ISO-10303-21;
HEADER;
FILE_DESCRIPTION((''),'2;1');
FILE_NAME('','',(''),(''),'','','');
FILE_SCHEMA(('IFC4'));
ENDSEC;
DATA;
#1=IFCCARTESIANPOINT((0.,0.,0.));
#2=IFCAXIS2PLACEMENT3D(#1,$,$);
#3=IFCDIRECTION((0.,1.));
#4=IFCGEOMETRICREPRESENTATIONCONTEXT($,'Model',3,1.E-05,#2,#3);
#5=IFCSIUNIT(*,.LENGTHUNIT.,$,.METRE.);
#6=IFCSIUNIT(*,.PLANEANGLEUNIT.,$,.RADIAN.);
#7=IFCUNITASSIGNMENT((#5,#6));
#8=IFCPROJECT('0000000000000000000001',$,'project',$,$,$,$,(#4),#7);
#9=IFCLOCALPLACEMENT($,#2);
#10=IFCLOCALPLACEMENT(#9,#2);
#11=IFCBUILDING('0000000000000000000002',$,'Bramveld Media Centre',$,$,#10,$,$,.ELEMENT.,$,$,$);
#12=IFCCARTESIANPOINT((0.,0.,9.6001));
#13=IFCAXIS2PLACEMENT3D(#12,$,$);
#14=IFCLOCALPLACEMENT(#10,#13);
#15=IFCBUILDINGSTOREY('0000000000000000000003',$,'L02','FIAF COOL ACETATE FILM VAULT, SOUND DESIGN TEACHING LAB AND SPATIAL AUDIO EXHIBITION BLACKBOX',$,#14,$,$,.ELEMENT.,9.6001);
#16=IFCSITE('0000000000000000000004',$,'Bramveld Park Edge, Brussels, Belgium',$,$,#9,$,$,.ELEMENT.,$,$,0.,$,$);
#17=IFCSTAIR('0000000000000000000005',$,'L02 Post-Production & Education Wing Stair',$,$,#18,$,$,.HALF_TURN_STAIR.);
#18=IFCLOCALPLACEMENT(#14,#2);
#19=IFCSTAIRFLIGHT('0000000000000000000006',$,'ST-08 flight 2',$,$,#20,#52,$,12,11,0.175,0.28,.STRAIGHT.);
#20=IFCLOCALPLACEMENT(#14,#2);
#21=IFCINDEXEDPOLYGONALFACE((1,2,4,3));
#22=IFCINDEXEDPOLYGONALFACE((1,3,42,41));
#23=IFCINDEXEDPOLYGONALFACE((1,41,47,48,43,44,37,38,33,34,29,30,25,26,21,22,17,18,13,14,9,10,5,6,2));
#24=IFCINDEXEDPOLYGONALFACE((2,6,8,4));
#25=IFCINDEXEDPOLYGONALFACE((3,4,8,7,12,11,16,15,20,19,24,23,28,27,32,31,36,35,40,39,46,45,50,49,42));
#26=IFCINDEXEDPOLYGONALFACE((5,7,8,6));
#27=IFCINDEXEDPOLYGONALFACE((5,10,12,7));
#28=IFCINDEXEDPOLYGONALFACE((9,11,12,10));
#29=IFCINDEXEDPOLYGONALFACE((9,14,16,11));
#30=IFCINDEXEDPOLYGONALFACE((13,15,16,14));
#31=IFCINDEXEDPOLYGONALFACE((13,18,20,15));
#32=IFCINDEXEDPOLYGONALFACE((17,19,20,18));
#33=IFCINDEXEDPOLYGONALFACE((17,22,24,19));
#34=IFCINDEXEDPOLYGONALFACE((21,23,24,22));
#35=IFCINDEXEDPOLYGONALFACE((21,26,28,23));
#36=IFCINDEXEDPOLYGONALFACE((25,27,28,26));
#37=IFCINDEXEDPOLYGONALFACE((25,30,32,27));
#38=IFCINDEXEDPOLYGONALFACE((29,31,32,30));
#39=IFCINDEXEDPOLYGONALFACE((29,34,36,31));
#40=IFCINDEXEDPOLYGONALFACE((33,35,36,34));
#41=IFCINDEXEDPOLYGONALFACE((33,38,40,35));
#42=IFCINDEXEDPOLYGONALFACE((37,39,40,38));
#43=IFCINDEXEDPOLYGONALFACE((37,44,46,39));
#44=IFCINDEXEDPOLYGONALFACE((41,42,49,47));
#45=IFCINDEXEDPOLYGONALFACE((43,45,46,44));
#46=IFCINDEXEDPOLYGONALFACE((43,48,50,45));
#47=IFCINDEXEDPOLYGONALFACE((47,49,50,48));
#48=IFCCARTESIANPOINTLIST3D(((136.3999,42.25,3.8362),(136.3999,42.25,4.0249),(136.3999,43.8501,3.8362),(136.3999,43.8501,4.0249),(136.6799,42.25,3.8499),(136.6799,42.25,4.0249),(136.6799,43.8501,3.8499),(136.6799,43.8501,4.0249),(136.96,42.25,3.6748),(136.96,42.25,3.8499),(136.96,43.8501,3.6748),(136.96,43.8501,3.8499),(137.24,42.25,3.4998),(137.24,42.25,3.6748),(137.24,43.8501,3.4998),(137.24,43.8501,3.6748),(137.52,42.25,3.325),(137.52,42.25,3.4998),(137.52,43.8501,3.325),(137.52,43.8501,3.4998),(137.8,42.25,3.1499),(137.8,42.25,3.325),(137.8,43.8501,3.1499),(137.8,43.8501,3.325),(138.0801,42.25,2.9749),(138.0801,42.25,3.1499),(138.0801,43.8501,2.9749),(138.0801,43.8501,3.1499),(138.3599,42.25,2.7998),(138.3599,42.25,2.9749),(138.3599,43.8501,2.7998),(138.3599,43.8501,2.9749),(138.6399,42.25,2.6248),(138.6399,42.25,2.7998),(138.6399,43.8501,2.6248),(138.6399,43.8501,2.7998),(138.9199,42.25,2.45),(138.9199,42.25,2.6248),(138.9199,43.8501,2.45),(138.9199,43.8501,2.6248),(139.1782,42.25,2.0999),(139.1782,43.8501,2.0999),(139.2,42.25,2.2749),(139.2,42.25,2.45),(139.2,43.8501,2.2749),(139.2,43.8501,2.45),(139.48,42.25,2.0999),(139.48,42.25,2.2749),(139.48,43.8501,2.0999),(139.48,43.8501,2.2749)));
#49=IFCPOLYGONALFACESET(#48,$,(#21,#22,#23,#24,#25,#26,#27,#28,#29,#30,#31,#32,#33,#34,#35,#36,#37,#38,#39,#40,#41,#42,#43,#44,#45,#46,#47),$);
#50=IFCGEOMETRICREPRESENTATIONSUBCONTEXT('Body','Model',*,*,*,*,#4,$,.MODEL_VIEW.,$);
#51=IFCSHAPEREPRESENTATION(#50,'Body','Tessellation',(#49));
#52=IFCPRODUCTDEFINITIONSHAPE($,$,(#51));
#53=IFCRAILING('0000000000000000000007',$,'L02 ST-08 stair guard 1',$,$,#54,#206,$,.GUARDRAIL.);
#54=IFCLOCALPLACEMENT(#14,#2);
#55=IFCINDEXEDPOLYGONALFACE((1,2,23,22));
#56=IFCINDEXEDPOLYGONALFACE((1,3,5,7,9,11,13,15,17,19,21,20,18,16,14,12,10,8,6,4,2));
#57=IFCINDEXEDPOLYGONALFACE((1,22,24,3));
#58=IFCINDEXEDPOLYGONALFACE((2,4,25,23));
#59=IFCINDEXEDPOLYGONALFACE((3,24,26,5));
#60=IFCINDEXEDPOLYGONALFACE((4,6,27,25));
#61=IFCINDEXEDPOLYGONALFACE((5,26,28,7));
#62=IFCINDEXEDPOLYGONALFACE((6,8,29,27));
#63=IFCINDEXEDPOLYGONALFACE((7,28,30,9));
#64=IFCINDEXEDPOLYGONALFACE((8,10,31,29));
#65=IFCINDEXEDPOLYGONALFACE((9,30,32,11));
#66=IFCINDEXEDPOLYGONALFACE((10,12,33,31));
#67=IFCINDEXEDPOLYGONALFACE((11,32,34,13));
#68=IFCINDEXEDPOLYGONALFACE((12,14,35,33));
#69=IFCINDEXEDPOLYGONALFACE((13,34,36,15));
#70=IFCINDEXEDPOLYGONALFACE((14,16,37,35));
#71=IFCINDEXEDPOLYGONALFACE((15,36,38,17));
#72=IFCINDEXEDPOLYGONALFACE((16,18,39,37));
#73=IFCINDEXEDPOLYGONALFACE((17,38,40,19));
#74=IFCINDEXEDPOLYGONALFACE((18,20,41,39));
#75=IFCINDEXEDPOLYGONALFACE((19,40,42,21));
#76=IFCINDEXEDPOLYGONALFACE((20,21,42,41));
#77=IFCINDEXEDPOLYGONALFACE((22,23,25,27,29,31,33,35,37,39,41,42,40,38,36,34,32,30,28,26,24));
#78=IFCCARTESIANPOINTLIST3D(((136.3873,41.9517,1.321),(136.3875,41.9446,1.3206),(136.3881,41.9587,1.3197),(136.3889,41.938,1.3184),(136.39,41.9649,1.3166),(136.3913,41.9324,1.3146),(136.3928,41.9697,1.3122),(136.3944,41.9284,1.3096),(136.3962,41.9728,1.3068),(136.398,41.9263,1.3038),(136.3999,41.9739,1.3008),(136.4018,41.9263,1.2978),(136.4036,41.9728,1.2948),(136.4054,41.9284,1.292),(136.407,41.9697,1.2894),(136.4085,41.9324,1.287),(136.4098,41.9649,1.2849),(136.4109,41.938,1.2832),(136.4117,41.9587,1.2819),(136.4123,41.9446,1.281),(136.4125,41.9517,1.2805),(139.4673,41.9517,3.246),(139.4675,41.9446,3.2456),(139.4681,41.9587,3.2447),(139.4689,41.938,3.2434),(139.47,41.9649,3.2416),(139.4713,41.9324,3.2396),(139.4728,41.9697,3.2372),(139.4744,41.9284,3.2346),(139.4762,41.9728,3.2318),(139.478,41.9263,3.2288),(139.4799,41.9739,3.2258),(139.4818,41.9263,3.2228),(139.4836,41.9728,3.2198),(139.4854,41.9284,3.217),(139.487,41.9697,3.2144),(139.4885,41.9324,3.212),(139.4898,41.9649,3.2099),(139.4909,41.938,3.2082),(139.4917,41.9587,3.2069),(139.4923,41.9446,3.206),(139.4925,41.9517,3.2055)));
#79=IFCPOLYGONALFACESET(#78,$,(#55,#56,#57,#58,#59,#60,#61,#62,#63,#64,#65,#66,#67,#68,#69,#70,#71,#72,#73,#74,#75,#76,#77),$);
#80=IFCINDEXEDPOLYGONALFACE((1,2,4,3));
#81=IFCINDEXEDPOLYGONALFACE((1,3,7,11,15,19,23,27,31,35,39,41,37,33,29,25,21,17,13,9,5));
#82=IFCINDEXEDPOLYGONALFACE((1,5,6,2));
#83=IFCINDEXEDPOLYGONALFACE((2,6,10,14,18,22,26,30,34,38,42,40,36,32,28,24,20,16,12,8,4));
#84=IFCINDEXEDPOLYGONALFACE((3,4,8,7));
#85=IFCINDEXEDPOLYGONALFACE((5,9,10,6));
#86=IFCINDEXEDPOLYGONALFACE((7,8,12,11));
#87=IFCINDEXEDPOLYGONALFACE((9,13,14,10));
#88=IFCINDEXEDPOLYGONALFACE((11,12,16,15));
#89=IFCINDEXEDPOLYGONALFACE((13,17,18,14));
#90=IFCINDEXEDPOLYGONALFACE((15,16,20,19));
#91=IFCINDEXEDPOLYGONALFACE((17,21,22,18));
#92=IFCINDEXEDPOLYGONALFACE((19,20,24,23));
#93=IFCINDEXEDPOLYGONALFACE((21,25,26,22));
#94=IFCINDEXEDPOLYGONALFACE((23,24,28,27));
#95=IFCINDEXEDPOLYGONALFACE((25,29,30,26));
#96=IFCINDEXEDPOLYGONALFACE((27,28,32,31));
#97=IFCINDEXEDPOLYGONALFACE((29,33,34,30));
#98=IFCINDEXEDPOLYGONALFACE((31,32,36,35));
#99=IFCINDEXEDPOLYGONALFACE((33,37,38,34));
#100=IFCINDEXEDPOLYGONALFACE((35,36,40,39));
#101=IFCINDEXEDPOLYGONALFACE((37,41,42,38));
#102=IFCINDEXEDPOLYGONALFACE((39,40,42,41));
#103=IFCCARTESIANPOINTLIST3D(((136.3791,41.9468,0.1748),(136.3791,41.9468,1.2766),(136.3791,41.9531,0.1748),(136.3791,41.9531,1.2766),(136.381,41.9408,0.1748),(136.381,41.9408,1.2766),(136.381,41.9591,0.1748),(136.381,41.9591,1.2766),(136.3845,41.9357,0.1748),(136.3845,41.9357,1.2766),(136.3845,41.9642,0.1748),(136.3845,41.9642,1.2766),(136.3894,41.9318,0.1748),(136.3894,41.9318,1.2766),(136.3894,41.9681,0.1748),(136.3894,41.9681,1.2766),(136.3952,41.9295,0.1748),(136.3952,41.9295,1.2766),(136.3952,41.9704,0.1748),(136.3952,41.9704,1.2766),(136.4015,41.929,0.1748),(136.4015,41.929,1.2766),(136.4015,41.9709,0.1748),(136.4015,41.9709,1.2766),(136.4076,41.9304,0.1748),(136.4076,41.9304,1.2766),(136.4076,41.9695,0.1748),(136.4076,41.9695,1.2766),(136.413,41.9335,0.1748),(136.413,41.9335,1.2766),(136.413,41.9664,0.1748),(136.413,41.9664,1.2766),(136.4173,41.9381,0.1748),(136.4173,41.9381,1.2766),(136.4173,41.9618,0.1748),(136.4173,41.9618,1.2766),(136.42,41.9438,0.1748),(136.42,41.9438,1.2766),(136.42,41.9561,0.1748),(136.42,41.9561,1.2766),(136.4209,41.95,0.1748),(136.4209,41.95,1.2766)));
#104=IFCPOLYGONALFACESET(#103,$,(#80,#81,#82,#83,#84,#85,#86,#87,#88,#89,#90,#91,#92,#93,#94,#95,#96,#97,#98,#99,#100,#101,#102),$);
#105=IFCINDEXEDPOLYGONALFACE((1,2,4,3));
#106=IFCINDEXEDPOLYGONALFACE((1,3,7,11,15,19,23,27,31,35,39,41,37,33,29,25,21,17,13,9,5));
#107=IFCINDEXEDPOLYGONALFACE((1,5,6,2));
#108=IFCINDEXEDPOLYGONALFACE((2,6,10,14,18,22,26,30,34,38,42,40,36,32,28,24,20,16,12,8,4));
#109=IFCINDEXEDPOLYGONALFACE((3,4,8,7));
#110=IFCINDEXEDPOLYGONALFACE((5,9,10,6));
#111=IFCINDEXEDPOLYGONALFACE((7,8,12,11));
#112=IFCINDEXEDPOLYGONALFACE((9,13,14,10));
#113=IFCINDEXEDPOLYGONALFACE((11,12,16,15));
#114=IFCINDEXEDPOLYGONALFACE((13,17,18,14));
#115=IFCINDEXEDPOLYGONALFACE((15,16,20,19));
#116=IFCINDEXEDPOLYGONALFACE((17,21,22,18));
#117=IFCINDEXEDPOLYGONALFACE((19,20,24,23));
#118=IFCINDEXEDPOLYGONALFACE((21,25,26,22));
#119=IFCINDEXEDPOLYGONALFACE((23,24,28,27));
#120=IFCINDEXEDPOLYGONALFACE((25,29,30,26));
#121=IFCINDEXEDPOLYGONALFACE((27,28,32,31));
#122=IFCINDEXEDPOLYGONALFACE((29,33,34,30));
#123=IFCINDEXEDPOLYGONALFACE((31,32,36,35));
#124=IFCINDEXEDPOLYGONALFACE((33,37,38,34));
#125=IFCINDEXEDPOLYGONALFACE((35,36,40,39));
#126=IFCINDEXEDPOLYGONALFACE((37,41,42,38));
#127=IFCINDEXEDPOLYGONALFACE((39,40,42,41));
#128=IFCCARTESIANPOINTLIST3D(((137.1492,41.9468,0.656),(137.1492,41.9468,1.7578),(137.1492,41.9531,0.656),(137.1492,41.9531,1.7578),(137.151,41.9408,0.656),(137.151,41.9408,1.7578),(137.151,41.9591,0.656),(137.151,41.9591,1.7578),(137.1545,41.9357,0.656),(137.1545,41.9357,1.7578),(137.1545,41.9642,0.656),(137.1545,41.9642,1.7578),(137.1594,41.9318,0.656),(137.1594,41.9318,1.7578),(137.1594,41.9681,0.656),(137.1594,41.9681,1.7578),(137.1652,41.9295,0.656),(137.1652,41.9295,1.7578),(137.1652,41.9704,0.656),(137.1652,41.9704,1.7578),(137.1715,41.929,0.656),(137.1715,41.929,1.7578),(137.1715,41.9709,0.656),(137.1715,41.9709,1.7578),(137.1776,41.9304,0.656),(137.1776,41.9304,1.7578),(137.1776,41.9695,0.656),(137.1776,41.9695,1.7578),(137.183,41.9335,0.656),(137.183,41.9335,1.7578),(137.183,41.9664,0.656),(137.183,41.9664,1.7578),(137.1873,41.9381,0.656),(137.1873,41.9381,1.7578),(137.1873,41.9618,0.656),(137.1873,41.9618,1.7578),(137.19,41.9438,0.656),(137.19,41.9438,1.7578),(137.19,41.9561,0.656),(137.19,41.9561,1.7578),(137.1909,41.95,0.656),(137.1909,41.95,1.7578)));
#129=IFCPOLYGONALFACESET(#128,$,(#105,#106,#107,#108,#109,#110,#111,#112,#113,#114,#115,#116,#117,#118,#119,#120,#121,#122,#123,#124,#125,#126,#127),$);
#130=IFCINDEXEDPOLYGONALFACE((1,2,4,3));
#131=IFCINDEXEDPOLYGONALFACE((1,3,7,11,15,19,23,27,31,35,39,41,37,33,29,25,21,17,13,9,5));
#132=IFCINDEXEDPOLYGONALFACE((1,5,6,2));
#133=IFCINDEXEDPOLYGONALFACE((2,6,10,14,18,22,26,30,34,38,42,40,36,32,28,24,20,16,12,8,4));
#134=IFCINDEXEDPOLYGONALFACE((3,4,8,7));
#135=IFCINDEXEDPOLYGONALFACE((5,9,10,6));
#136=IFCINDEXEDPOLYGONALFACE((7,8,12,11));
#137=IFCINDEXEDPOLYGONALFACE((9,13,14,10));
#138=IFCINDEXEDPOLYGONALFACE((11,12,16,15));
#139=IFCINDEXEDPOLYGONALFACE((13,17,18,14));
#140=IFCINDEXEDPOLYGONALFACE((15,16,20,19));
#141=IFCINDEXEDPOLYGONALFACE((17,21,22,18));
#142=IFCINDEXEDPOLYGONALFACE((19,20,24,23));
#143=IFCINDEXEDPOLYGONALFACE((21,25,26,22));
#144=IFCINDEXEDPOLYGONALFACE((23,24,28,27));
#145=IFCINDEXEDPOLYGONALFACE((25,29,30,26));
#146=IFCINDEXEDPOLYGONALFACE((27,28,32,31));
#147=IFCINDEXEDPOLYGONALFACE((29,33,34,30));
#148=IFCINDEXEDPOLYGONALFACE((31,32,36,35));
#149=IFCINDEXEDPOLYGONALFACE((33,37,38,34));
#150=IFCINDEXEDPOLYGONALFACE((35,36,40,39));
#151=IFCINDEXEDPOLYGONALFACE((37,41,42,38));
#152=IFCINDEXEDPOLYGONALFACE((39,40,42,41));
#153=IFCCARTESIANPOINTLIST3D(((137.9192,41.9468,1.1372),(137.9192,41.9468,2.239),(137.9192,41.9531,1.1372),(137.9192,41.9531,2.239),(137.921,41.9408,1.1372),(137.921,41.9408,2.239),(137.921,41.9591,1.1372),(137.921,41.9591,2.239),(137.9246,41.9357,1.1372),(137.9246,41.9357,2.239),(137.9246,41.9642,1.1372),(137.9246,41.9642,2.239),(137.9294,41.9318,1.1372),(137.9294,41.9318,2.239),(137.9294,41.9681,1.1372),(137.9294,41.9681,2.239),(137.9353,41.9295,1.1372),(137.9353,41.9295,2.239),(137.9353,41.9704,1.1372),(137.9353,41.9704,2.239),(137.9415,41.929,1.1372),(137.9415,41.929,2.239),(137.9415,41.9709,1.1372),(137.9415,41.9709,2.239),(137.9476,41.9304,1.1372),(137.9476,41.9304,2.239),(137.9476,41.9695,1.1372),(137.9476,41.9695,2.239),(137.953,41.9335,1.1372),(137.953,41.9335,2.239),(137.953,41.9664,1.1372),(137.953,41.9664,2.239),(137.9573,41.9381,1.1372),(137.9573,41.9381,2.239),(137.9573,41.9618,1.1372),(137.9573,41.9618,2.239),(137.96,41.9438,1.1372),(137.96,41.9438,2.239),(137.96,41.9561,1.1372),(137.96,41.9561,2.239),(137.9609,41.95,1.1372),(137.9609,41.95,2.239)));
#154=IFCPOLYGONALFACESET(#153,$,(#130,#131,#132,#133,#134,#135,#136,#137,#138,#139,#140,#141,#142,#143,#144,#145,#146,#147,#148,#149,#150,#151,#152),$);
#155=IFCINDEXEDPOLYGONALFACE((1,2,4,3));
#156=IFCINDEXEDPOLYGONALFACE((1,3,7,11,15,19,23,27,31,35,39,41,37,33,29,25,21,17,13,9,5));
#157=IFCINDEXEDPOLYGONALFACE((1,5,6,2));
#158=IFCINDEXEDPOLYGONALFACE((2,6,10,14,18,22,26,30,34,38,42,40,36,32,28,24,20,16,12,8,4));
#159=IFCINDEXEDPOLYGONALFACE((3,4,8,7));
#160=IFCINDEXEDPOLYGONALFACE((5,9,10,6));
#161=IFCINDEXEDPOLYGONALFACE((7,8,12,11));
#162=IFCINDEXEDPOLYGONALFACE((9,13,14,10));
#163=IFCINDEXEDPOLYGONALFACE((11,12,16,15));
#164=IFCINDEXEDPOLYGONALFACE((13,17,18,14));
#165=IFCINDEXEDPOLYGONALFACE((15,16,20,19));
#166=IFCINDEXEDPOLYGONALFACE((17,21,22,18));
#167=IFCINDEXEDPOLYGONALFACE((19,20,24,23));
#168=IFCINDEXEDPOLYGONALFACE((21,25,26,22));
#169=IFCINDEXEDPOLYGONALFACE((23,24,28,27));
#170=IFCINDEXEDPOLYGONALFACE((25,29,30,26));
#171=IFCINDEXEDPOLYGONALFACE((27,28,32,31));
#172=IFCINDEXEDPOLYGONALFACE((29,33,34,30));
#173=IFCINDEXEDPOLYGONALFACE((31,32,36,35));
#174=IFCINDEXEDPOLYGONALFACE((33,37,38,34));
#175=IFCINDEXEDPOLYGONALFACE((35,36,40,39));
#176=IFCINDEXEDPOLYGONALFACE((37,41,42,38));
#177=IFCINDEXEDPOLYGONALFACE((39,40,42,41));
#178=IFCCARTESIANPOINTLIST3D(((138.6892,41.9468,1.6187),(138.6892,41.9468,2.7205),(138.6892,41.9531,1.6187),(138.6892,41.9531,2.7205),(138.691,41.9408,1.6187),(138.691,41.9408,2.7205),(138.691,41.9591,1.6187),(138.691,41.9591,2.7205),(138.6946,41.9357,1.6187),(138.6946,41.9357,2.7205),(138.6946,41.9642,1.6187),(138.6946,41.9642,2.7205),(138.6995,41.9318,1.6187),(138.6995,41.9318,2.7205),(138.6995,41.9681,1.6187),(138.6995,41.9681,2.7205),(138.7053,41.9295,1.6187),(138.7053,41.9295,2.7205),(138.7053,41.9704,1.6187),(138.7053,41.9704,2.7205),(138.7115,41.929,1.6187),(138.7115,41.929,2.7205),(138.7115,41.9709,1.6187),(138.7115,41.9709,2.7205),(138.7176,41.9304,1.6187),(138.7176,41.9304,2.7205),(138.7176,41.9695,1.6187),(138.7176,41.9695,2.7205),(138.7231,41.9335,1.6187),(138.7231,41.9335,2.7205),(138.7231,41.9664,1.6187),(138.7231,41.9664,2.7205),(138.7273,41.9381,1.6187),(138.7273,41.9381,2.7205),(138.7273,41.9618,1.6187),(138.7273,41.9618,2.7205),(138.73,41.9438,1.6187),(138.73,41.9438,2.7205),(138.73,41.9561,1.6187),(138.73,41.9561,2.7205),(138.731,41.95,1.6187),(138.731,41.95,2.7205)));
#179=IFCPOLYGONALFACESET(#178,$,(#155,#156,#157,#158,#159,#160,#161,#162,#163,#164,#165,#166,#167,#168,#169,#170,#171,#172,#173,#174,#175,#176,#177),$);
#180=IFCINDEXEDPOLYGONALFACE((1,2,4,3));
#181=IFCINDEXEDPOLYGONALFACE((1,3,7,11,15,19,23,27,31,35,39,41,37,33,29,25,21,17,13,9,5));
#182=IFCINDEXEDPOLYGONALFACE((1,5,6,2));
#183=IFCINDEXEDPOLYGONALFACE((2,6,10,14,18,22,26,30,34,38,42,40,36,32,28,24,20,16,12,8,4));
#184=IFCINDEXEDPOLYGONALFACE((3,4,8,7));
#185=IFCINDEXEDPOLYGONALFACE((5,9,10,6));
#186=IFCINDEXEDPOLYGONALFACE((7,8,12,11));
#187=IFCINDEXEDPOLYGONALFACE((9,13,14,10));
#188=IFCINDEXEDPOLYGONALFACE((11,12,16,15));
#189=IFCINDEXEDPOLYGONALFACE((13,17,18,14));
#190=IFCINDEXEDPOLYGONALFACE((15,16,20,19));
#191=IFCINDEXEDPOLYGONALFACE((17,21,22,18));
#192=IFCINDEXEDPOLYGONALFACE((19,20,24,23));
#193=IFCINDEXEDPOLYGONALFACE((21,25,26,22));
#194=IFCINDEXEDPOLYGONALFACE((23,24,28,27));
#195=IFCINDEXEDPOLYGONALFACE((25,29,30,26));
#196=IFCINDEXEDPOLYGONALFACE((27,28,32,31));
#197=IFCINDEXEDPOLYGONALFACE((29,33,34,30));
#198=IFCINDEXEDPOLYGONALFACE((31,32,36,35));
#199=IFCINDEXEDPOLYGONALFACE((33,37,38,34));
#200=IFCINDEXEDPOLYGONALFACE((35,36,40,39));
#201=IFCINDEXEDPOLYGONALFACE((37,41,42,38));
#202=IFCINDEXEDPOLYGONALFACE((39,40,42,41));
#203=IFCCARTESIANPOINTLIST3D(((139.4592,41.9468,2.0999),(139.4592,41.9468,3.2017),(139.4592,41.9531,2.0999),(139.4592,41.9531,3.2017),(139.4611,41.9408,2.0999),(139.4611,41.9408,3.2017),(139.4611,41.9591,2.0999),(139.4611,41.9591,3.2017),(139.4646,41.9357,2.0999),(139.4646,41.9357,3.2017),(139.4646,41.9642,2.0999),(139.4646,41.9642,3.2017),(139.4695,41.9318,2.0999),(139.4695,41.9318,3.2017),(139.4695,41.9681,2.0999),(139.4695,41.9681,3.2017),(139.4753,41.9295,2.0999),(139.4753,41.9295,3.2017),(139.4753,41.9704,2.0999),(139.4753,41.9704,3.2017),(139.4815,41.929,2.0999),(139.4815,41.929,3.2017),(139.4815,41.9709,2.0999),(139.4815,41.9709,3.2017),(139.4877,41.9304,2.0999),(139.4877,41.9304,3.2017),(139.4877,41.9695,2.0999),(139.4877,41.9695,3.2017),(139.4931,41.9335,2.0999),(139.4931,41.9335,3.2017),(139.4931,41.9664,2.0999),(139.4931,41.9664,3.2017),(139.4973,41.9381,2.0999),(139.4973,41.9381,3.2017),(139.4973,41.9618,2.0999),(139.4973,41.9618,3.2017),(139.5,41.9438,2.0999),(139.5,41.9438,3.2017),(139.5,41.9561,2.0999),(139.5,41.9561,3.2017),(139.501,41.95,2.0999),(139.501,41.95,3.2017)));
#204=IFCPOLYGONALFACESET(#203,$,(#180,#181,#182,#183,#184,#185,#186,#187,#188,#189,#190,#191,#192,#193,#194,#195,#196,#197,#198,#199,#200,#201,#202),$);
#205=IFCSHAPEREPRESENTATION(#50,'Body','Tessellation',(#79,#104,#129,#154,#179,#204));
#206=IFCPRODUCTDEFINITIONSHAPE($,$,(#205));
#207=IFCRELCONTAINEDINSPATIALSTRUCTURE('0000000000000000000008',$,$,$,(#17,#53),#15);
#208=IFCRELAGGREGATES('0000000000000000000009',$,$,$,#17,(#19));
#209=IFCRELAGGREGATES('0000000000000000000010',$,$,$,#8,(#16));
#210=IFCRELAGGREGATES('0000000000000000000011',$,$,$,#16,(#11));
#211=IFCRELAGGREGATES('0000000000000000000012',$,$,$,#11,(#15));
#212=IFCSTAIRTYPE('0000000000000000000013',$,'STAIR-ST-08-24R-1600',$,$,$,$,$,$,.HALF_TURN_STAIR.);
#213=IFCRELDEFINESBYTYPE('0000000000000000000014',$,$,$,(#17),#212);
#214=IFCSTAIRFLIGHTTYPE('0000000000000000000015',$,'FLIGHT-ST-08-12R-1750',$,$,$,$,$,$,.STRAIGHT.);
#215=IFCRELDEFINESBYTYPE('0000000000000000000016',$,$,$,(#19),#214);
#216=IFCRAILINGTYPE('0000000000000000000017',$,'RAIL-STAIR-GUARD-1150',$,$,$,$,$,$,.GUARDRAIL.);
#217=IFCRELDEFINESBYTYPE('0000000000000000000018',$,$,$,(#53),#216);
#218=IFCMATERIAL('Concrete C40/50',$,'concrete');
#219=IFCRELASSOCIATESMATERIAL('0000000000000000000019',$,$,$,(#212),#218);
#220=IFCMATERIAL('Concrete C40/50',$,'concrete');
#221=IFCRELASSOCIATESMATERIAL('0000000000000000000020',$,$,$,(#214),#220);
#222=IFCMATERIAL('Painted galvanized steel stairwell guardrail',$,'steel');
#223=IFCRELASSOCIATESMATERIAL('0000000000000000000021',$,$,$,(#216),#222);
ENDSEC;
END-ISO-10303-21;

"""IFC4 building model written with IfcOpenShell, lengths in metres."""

from ifc_helpers import new_model, si_unit, direction, frame, origin, origin_2d, place, context, subcontext, project, spatial, polyline, circle, outline, extrude, material, type_object, element, aggregate, save


model = new_model("IFC4")

# Units and contexts
model_context = context("Model", 3, precision=1e-05, world=origin(), true_north=direction((0.0, 1.0)))
body_context = subcontext(model_context, "Body", "Model", "MODEL_VIEW")
ifc_project = project(units=[si_unit("LENGTHUNIT", "METRE"), si_unit("PLANEANGLEUNIT", "RADIAN")], contexts=[model_context])

# Site, building, storey
site_placement = place(None, origin())
site = spatial("IfcSite", under=ifc_project, at=site_placement, Name="Bramveld Park Edge, Brussels, Belgium", CompositionType="ELEMENT", RefElevation=0.0)
building_placement = place(site_placement, origin())
building = spatial("IfcBuilding", under=site, at=building_placement, Name="Bramveld Media Centre", CompositionType="ELEMENT")
storey_placement = place(building_placement, frame((0.0, 0.0, 9.6001)))
storey = spatial("IfcBuildingStorey", under=building, at=storey_placement, Name="L02", Description="FIAF COOL ACETATE FILM VAULT, SOUND DESIGN TEACHING LAB AND SPATIAL AUDIO EXHIBITION BLACKBOX", CompositionType="ELEMENT", Elevation=9.6001)

# Stair, stair flight
ifc_material_1 = material(Name="Concrete C40/50", Category="concrete")
stair_type = type_object("IfcStairType", Name="STAIR-ST-08-24R-1600", PredefinedType="HALF_TURN_STAIR", material=ifc_material_1)
stair_placement = place(storey_placement, origin())
stair = element("IfcStair", 1, at=stair_placement, inside=storey, type_object=stair_type, Name="L02 Post-Production & Education Wing Stair", PredefinedType="HALF_TURN_STAIR")
ifc_material_2 = material(Name="Concrete C40/50", Category="concrete")
stair_flight_type = type_object("IfcStairFlightType", Name="FLIGHT-ST-08-12R-1750", PredefinedType="STRAIGHT", material=ifc_material_2)
stair_flight_1_placement = place(storey_placement, frame((139.48, 43.05, 2.0999), z_axis=(0.0, 0.0, 1.0), x_axis=(-1.0, 0.0, 0.0)))
stair_flight_1 = element("IfcStairFlight", 2, at=stair_flight_1_placement, type_object=stair_flight_type, Name="ST-08 flight 2", NumberOfRisers=12, NumberOfTreads=11, PredefinedType="STRAIGHT", RiserHeight=0.175, TreadLength=0.28, context=body_context, shape_type="SweptSolid", body=[
    extrude(outline(polyline([(0.0, 0.0), (0.0, 0.175), (0.28, 0.175), (0.28, 0.3501), (0.5601, 0.3501), (0.5601, 0.5249), (0.8401, 0.5249), (0.8401, 0.7), (1.1201, 0.7), (1.1201, 0.875), (1.3999, 0.875), (1.3999, 1.05), (1.6799, 1.05), (1.6799, 1.2251), (1.96, 1.2251), (1.96, 1.3999), (2.24, 1.3999), (2.24, 1.575), (2.52, 1.575), (2.52, 1.75), (2.8, 1.75), (2.8, 1.925), (3.0801, 1.925), (3.0801, 2.1001), (3.0801, 1.7363), (0.3018, 0.0), (0.0, 0.0)])), frame((0.0, 0.8, 0.0), z_axis=(0.0, -1.0, 0.0), x_axis=(1.0, 0.0, 0.0)), (0.0, 0.0, 1.0), 1.6001),
])
aggregate(stair, [stair_flight_1])

# Railing
ifc_material_3 = material(Name="Painted galvanized steel stairwell guardrail", Category="steel")
railing_type_1 = type_object("IfcRailingType", Name="RAIL-STAIR-GUARD-1150", PredefinedType="GUARDRAIL", material=ifc_material_3)
railing_1_placement = place(storey_placement, frame((136.3999, 41.95, 0.1748)))
element("IfcRailing", 3, at=railing_1_placement, inside=storey, type_object=railing_type_1, Name="L02 ST-08 stair guard 1", PredefinedType="GUARDRAIL", context=body_context, shape_type="SweptSolid", body=[
    extrude(circle(Radius=0.0239, at=origin_2d()), frame((0.0, 0.0, 1.126), z_axis=(0.847998, 0.0, 0.529999), x_axis=(0.0, 1.0, 0.0)), (0.0, 0.0, 1.0), 3.6321),
    extrude(circle(Radius=0.021, at=origin_2d()), origin(), (0.0, 0.0, 1.0), 1.1018),
    extrude(circle(Radius=0.021, at=origin_2d()), frame((0.77, 0.0, 0.4812)), (0.0, 0.0, 1.0), 1.1018),
    extrude(circle(Radius=0.021, at=origin_2d()), frame((1.54, 0.0, 0.9624)), (0.0, 0.0, 1.0), 1.1018),
    extrude(circle(Radius=0.021, at=origin_2d()), frame((2.3101, 0.0, 1.4438)), (0.0, 0.0, 1.0), 1.1018),
    extrude(circle(Radius=0.021, at=origin_2d()), frame((3.0801, 0.0, 1.925)), (0.0, 0.0, 1.0), 1.1018),
])

save(model, "model.ifc")
